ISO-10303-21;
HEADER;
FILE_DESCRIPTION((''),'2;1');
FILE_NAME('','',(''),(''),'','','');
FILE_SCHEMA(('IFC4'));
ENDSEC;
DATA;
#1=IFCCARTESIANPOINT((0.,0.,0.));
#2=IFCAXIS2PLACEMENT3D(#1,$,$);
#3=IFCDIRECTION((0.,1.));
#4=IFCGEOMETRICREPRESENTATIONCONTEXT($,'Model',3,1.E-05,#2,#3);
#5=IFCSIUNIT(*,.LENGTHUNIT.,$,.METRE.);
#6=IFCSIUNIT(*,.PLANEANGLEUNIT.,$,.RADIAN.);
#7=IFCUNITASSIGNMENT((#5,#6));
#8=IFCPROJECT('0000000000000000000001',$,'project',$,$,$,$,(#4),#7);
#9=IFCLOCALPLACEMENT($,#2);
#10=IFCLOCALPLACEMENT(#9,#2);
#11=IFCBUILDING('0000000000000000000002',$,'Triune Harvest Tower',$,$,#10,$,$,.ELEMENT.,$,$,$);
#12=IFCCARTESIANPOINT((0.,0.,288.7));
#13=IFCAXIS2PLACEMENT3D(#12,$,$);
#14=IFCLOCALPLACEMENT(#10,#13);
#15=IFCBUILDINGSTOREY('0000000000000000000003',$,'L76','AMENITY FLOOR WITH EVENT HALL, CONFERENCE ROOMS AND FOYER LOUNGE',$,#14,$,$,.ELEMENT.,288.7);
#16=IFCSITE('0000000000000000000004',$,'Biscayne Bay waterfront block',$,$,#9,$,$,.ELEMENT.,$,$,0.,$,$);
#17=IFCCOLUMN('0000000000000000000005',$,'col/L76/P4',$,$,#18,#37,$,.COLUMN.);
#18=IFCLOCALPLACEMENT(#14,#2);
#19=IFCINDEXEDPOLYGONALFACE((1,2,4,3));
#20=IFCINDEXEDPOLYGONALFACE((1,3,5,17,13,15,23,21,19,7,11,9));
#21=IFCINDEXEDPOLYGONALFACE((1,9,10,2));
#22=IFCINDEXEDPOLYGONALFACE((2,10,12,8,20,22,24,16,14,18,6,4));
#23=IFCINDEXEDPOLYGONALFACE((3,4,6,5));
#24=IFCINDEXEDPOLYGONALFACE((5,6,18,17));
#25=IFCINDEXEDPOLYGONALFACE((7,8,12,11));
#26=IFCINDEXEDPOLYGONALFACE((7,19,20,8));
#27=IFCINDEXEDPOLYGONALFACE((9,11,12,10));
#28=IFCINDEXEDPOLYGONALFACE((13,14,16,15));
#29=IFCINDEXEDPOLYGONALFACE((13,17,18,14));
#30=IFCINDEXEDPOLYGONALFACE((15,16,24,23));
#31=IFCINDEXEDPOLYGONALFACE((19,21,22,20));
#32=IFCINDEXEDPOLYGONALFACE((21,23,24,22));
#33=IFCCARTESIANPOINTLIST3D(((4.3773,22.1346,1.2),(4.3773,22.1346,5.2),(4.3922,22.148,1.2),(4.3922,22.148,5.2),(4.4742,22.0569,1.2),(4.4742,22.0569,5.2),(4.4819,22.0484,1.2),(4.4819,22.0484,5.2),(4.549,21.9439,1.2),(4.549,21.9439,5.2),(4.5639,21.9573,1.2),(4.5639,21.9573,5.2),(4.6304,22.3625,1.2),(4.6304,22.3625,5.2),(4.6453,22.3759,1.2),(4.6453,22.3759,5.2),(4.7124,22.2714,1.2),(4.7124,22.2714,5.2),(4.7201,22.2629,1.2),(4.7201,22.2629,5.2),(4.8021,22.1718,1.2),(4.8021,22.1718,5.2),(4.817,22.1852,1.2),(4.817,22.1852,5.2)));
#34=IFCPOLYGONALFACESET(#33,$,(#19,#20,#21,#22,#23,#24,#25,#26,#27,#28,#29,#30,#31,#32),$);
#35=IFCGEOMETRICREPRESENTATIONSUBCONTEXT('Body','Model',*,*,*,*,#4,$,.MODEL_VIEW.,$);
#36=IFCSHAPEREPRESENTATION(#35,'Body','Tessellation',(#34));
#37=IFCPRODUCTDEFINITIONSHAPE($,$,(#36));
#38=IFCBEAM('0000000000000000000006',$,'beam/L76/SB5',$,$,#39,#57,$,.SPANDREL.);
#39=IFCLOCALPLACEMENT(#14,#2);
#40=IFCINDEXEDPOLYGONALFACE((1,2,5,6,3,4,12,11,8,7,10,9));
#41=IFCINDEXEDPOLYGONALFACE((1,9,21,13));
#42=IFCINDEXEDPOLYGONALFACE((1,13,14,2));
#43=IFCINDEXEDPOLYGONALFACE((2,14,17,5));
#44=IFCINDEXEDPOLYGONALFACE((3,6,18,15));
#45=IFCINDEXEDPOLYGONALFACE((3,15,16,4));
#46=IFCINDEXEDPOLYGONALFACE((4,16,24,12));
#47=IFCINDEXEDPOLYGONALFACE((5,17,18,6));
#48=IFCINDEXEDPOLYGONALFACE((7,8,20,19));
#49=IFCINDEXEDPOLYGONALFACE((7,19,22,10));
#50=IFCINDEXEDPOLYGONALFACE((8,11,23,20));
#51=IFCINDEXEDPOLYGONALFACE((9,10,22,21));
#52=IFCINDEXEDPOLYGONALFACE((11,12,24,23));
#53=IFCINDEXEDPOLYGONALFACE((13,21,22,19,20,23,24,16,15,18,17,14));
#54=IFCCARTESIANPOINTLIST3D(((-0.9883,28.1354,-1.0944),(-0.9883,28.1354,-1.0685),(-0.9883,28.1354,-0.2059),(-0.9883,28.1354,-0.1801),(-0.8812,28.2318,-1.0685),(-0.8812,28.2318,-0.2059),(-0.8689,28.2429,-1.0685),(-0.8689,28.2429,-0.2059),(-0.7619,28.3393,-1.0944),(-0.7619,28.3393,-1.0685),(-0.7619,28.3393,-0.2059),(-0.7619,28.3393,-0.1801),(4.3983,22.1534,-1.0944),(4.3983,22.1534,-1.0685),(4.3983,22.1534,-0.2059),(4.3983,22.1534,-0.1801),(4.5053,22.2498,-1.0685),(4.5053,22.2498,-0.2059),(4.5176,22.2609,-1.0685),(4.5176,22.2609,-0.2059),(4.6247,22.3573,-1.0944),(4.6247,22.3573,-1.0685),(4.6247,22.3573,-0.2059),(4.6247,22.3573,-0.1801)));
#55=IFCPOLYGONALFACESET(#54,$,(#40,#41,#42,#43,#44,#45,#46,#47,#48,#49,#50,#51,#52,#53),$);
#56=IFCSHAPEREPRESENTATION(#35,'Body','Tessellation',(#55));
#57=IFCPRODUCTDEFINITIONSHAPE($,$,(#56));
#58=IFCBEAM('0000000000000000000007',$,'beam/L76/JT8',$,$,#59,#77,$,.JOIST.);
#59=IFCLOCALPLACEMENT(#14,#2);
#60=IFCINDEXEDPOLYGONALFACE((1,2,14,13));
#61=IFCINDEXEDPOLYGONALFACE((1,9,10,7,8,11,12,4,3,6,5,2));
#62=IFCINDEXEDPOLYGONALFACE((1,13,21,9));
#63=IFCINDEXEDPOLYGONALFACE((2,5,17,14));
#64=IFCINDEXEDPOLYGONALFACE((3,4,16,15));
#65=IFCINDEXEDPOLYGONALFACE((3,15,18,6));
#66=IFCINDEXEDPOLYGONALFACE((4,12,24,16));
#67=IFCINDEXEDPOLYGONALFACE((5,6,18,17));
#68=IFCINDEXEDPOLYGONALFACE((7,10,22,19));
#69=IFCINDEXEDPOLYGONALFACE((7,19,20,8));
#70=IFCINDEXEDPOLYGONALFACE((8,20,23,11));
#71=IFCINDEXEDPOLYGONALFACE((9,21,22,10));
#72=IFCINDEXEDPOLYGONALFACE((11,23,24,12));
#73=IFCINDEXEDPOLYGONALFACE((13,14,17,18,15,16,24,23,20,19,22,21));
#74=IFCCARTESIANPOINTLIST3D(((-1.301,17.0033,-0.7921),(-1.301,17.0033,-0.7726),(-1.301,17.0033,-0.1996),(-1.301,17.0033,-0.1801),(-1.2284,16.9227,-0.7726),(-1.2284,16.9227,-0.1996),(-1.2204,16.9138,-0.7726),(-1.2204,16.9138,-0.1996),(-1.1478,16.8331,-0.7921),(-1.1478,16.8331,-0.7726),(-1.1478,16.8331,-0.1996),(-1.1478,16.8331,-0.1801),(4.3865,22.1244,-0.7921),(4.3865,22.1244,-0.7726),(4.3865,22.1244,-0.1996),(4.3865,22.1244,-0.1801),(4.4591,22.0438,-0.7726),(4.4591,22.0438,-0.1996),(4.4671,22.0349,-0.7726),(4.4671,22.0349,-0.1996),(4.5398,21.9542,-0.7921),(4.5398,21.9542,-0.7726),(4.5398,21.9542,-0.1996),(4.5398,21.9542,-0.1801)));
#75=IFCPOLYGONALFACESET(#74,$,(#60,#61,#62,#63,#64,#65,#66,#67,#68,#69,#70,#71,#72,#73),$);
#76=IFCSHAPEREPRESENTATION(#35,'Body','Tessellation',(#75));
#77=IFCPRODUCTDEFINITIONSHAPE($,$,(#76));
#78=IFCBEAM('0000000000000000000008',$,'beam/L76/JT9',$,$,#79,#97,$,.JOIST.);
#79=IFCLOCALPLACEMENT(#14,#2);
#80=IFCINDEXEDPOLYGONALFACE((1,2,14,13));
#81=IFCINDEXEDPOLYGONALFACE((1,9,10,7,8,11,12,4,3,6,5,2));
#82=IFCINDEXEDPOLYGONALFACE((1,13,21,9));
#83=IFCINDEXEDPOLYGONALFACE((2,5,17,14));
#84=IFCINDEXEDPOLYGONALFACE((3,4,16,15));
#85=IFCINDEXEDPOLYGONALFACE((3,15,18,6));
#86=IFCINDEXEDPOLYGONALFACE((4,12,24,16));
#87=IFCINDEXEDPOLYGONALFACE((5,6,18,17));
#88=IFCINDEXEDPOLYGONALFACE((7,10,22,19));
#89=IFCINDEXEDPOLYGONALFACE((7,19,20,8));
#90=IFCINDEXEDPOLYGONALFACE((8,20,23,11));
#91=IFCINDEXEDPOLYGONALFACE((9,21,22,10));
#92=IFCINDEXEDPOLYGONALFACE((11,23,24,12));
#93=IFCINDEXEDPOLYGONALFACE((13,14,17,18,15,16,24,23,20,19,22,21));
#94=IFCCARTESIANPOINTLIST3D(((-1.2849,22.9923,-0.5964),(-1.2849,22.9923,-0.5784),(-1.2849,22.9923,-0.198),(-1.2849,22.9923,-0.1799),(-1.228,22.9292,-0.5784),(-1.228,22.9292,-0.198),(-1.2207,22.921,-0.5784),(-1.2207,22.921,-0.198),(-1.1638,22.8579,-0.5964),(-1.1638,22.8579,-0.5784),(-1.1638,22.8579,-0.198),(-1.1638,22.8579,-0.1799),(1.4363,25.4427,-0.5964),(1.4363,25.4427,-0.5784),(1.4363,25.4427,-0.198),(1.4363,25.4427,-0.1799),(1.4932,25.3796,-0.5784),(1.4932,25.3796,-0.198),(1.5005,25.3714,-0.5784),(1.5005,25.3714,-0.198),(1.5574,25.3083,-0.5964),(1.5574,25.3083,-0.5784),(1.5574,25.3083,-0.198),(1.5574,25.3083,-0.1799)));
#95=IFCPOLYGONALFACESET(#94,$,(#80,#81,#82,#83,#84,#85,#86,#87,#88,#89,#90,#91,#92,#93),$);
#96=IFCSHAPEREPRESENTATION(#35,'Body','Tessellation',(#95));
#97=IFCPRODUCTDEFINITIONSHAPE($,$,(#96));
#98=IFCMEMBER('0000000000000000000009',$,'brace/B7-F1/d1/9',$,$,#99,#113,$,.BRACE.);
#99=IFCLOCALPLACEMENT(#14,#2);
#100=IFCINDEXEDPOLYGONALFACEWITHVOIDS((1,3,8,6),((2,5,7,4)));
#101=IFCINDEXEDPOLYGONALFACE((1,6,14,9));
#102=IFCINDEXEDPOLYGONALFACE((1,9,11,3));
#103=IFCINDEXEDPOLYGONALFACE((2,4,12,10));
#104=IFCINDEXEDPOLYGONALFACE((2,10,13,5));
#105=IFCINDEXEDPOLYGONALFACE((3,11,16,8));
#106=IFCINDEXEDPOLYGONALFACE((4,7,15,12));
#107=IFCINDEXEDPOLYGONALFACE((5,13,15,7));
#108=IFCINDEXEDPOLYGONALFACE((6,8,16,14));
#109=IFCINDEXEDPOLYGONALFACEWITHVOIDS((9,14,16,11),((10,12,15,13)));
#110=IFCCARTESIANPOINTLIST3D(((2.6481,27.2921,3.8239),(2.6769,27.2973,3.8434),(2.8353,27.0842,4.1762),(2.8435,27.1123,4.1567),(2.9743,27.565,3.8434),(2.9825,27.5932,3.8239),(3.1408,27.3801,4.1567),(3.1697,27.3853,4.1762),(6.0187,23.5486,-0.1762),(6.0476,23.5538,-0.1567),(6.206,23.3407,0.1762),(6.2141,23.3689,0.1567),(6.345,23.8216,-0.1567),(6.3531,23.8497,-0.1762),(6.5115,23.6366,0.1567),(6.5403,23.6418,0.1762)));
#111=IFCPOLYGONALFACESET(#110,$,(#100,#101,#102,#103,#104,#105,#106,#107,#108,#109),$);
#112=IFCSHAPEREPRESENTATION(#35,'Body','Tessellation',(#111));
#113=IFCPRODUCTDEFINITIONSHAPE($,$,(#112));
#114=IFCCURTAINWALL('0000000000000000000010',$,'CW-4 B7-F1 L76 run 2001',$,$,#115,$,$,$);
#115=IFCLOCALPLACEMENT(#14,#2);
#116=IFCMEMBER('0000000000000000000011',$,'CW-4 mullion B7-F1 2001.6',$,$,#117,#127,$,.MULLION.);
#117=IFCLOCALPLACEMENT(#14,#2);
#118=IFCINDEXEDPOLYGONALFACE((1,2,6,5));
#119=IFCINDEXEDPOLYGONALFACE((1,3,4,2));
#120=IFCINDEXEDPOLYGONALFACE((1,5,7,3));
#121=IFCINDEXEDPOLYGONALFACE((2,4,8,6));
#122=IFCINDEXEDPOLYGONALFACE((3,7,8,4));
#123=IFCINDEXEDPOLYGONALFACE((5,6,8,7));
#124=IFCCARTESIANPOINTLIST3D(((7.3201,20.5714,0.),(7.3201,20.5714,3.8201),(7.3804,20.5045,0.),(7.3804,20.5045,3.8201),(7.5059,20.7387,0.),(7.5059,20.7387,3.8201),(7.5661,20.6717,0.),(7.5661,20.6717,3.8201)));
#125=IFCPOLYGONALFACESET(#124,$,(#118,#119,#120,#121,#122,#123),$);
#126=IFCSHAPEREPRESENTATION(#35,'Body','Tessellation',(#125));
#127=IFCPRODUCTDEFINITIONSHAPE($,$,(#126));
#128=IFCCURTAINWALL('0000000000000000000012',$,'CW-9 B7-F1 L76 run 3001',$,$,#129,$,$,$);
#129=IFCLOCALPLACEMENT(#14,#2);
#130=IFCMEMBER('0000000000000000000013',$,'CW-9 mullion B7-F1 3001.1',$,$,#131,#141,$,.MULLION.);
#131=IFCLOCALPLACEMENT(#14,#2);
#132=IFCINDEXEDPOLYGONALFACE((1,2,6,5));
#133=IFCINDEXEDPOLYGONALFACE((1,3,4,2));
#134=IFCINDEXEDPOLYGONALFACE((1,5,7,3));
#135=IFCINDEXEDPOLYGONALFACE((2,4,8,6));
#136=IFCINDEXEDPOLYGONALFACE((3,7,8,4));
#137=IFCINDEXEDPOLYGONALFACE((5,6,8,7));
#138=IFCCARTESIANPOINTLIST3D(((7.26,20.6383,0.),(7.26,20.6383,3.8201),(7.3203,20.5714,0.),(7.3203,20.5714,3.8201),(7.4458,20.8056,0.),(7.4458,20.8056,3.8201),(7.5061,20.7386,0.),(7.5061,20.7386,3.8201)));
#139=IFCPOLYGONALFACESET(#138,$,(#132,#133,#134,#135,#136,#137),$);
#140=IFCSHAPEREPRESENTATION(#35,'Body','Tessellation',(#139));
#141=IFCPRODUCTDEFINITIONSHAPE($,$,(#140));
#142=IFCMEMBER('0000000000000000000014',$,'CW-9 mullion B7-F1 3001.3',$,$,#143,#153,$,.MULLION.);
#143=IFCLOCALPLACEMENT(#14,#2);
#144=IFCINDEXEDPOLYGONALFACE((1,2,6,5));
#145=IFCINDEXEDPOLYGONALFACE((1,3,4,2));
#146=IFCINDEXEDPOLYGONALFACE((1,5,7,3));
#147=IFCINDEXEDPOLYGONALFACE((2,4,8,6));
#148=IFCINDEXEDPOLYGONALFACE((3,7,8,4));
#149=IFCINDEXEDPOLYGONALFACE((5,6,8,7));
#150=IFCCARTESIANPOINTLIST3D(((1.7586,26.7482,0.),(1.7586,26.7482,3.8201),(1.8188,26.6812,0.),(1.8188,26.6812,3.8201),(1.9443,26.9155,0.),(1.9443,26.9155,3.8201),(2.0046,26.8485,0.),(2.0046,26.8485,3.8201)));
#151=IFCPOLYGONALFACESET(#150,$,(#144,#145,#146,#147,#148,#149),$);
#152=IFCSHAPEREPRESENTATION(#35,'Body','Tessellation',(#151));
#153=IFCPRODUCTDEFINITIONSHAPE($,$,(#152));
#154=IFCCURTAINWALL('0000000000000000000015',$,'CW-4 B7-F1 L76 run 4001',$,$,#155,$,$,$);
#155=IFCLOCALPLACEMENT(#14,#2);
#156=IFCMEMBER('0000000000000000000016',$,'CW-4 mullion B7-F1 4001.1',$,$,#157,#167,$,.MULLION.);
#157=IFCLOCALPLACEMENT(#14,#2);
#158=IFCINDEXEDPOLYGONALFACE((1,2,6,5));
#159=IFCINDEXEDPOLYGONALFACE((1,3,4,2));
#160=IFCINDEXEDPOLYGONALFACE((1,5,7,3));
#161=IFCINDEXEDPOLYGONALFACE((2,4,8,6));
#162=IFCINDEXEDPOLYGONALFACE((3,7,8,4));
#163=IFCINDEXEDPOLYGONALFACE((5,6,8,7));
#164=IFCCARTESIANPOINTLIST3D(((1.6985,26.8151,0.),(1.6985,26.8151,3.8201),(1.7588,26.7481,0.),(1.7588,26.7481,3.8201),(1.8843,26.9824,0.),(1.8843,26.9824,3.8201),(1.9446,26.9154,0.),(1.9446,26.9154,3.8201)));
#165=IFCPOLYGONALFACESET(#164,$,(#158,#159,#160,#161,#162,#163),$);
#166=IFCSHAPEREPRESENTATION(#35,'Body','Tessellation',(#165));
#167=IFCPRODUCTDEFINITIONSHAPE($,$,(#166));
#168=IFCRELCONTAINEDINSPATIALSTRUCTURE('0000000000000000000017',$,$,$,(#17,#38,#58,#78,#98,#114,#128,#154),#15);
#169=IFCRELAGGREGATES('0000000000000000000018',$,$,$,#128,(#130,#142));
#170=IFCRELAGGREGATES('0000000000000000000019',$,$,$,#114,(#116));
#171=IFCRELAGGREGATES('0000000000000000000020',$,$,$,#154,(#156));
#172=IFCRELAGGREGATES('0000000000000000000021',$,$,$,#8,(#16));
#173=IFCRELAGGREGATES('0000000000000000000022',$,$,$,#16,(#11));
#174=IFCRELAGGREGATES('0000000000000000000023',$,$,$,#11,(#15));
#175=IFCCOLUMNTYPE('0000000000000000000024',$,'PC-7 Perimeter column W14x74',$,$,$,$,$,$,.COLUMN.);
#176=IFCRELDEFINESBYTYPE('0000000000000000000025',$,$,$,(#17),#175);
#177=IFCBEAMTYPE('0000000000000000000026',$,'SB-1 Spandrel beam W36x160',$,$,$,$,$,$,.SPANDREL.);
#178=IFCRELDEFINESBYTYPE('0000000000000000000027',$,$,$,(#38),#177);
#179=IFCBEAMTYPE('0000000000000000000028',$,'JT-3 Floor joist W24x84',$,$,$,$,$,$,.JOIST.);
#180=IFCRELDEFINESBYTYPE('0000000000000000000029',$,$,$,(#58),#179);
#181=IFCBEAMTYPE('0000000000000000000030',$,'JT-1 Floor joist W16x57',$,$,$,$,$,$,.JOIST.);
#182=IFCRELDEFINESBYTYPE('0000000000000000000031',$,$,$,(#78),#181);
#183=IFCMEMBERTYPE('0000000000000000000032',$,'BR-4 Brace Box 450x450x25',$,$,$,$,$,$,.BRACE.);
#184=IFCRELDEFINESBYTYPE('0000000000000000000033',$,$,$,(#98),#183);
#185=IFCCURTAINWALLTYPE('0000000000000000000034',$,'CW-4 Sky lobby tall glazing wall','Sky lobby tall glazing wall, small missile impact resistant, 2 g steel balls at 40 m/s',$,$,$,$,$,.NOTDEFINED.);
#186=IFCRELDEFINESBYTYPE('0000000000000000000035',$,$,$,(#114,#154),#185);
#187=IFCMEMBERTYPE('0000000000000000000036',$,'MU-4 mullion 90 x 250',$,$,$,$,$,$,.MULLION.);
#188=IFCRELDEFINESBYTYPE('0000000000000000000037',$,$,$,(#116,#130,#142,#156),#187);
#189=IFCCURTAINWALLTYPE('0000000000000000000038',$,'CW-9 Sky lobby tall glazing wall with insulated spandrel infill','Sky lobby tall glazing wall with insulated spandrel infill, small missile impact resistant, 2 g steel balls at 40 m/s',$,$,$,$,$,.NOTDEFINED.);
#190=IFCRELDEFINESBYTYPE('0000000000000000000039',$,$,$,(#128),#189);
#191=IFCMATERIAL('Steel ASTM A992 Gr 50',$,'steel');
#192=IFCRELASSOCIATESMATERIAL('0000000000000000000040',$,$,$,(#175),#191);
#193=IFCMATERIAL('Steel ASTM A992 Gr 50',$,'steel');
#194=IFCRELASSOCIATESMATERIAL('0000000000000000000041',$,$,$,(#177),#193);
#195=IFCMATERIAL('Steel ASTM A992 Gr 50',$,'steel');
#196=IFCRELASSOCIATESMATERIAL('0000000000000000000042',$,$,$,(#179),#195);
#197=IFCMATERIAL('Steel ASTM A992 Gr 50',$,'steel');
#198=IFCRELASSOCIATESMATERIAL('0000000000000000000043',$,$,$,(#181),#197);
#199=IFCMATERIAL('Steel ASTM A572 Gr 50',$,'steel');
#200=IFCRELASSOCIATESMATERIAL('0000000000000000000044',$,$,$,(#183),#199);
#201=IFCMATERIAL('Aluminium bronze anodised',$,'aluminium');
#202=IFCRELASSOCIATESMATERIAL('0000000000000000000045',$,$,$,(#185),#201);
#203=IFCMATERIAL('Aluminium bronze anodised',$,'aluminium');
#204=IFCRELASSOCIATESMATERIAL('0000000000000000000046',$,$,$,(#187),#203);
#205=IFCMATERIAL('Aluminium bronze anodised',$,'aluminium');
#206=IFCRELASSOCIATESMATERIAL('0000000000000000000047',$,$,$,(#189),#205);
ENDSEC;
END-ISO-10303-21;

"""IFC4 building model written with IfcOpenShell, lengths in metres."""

from ifc_helpers import new_model, si_unit, direction, frame, origin, origin_2d, place, context, subcontext, project, spatial, rectangle, hollow_rectangle, i_section, extrude, source, transform, mapped, material, material_profile, profile_set, type_object, element, aggregate, save


model = new_model("IFC4")

# Units and contexts
model_context = context("Model", 3, precision=1e-05, world=origin(), true_north=direction((0.0, 1.0)))
body_context = subcontext(model_context, "Body", "Model", "MODEL_VIEW")
ifc_project = project(units=[si_unit("LENGTHUNIT", "METRE"), si_unit("PLANEANGLEUNIT", "RADIAN")], contexts=[model_context])

# Site, building, storey
site_placement = place(None, origin())
site = spatial("IfcSite", under=ifc_project, at=site_placement, Name="Biscayne Bay waterfront block", CompositionType="ELEMENT", RefElevation=0.0)
building_placement = place(site_placement, origin())
building = spatial("IfcBuilding", under=site, at=building_placement, Name="Triune Harvest Tower", CompositionType="ELEMENT")
storey_placement = place(building_placement, frame((0.0, 0.0, 288.7)))
storey = spatial("IfcBuildingStorey", under=building, at=storey_placement, Name="L76", Description="AMENITY FLOOR WITH EVENT HALL, CONFERENCE ROOMS AND FOYER LOUNGE", CompositionType="ELEMENT", Elevation=288.7)

# Column
ifc_material_1 = material(Name="Steel ASTM A992 Gr 50", Category="steel")
ifc_material_profile_1 = material_profile(ifc_material_1, i_section(OverallWidth=0.2566, OverallDepth=0.3606, WebThickness=0.0115, FlangeThickness=0.02, at=origin_2d()), Name="W14x74")
ifc_profile_set_1 = profile_set([ifc_material_profile_1], Name="Steel ASTM A992 Gr 50")
column_type = type_object("IfcColumnType", Name="PC-7 Perimeter column W14x74", PredefinedType="COLUMN", material=ifc_profile_set_1)
shared_shape_1 = source(origin(), body_context, "Body", "SweptSolid", [
    extrude(i_section(OverallWidth=0.2566, OverallDepth=0.3606, WebThickness=0.0115, FlangeThickness=0.02, at=origin_2d()), origin(), (0.0, 0.0, 1.0), 4.0),
])
column_placement = place(storey_placement, frame((4.5972, 22.1599, 1.2), z_axis=(0.0, 0.0, 1.0), x_axis=(-0.669131, 0.743145, 0.0)))
element("IfcColumn", 1, at=column_placement, inside=storey, type_object=column_type, Name="col/L76/P4", PredefinedType="COLUMN", context=body_context, shape_type="MappedRepresentation", body=[
    mapped(shared_shape_1, transform((0.0, 0.0, 0.0), scale=1.0)),
])

# Beams
ifc_material_2 = material(Name="Steel ASTM A992 Gr 50", Category="steel")
ifc_material_profile_2 = material_profile(ifc_material_2, i_section(OverallWidth=0.3047, OverallDepth=0.9143, WebThickness=0.0166, FlangeThickness=0.0259, at=origin_2d()), Name="W36x160")
ifc_profile_set_2 = profile_set([ifc_material_profile_2], Name="Steel ASTM A992 Gr 50")
beam_type_1 = type_object("IfcBeamType", Name="SB-1 Spandrel beam W36x160", PredefinedType="SPANDREL", material=ifc_profile_set_2)
shared_shape_2 = source(origin(), body_context, "Body", "SweptSolid", [
    extrude(i_section(OverallWidth=0.3047, OverallDepth=0.9143, WebThickness=0.0166, FlangeThickness=0.0259, at=origin_2d()), origin(), (0.0, 0.0, 1.0), 8.0498),
])
beam_1_placement = place(storey_placement, frame((4.5115, 22.2554, -0.6372), z_axis=(-0.669152, 0.743125, 0.0), x_axis=(-0.743125, -0.669152, 0.0)))
element("IfcBeam", 2, at=beam_1_placement, inside=storey, type_object=beam_type_1, Name="beam/L76/SB5", PredefinedType="SPANDREL", context=body_context, shape_type="MappedRepresentation", body=[
    mapped(shared_shape_2, transform((0.0, 0.0, 0.0), scale=1.0)),
])
ifc_material_3 = material(Name="Steel ASTM A992 Gr 50", Category="steel")
ifc_material_profile_3 = material_profile(ifc_material_3, i_section(OverallWidth=0.229, OverallDepth=0.6121, WebThickness=0.012, FlangeThickness=0.0195, at=origin_2d()), Name="W24x84")
ifc_profile_set_3 = profile_set([ifc_material_profile_3], Name="Steel ASTM A992 Gr 50")
beam_type_2 = type_object("IfcBeamType", Name="JT-3 Floor joist W24x84", PredefinedType="JOIST", material=ifc_profile_set_3)
shared_shape_3 = source(origin(), body_context, "Body", "SweptSolid", [
    extrude(i_section(OverallWidth=0.229, OverallDepth=0.6121, WebThickness=0.012, FlangeThickness=0.0195, at=origin_2d()), origin(), (0.0, 0.0, 1.0), 7.6533),
])
beam_2_placement = place(storey_placement, frame((4.4631, 22.0393, -0.4861), z_axis=(-0.743142, -0.669134, 0.0), x_axis=(0.669134, -0.743142, 0.0)))
element("IfcBeam", 3, at=beam_2_placement, inside=storey, type_object=beam_type_2, Name="beam/L76/JT8", PredefinedType="JOIST", context=body_context, shape_type="MappedRepresentation", body=[
    mapped(shared_shape_3, transform((0.0, 0.0, 0.0), scale=1.0)),
])
ifc_material_4 = material(Name="Steel ASTM A992 Gr 50", Category="steel")
ifc_material_profile_4 = material_profile(ifc_material_4, i_section(OverallWidth=0.1809, OverallDepth=0.4165, WebThickness=0.011, FlangeThickness=0.0181, at=origin_2d()), Name="W16x57")
ifc_profile_set_4 = profile_set([ifc_material_profile_4], Name="Steel ASTM A992 Gr 50")
beam_type_3 = type_object("IfcBeamType", Name="JT-1 Floor joist W16x57", PredefinedType="JOIST", material=ifc_profile_set_4)
shared_shape_4 = source(origin(), body_context, "Body", "SweptSolid", [
    extrude(i_section(OverallWidth=0.1809, OverallDepth=0.4165, WebThickness=0.011, FlangeThickness=0.0181, at=origin_2d()), origin(), (0.0, 0.0, 1.0), 3.6619),
])
beam_3_placement = place(storey_placement, frame((1.4968, 25.3755, -0.3882), z_axis=(-0.743108, -0.669171, 0.0), x_axis=(0.669171, -0.743108, 0.0)))
element("IfcBeam", 4, at=beam_3_placement, inside=storey, type_object=beam_type_3, Name="beam/L76/JT9", PredefinedType="JOIST", context=body_context, shape_type="MappedRepresentation", body=[
    mapped(shared_shape_4, transform((0.0, 0.0, 0.0), scale=1.0)),
])

# Member
ifc_material_5 = material(Name="Steel ASTM A572 Gr 50", Category="steel")
ifc_material_profile_5 = material_profile(ifc_material_5, hollow_rectangle(XDim=0.45, YDim=0.45, WallThickness=0.0249, at=origin_2d()), Name="Box 450x450x25")
ifc_profile_set_5 = profile_set([ifc_material_profile_5], Name="Steel ASTM A572 Gr 50")
member_type_1 = type_object("IfcMemberType", Name="BR-4 Brace Box 450x450x25", PredefinedType="BRACE", material=ifc_profile_set_5)
shared_shape_5 = source(origin(), body_context, "Body", "SweptSolid", [
    extrude(hollow_rectangle(XDim=0.45, YDim=0.45, WallThickness=0.0249, at=origin_2d()), origin(), (0.0, 0.0, 1.0), 6.4324),
])
member_1_placement = place(storey_placement, frame((6.2795, 23.5952, 0.0), z_axis=(-0.524015, 0.581973, 0.621865), x_axis=(-0.743142, -0.669133, 0.0)))
element("IfcMember", 5, at=member_1_placement, inside=storey, type_object=member_type_1, Name="brace/B7-F1/d1/9", PredefinedType="BRACE", context=body_context, shape_type="MappedRepresentation", body=[
    mapped(shared_shape_5, transform((0.0, 0.0, 0.0), scale=1.0)),
])

# Curtain wall, member
ifc_material_6 = material(Name="Aluminium bronze anodised", Category="aluminium")
curtain_wall_type_1 = type_object("IfcCurtainWallType", Name="CW-4 Sky lobby tall glazing wall", Description="Sky lobby tall glazing wall, small missile impact resistant, 2 g steel balls at 40 m/s", PredefinedType="NOTDEFINED", material=ifc_material_6)
curtain_wall_1_placement = place(storey_placement, origin())
curtain_wall_1 = element("IfcCurtainWall", 6, at=curtain_wall_1_placement, inside=storey, type_object=curtain_wall_type_1, Name="CW-4 B7-F1 L76 run 2001")
ifc_material_7 = material(Name="Aluminium bronze anodised", Category="aluminium")
ifc_material_profile_6 = material_profile(ifc_material_7, rectangle(XDim=0.25, YDim=0.0901, at=origin_2d()), Name="MU-4 mullion 90 x 250")
ifc_profile_set_6 = profile_set([ifc_material_profile_6], Name="Aluminium bronze anodised")
member_type_2 = type_object("IfcMemberType", Name="MU-4 mullion 90 x 250", PredefinedType="MULLION", material=ifc_profile_set_6)
shared_shape_6 = source(origin(), body_context, "Body", "SweptSolid", [
    extrude(rectangle(XDim=0.25, YDim=0.0901, at=origin_2d()), origin(), (0.0, 0.0, 1.0), 3.8201),
])
member_2_placement = place(storey_placement, frame((7.4431, 20.6216, 0.0), z_axis=(0.0, 0.0, 1.0), x_axis=(-0.743144, -0.669131, 0.0)))
member_2 = element("IfcMember", 7, at=member_2_placement, type_object=member_type_2, Name="CW-4 mullion B7-F1 2001.6", PredefinedType="MULLION", context=body_context, shape_type="MappedRepresentation", body=[
    mapped(shared_shape_6, transform((0.0, 0.0, 0.0), scale=1.0)),
])

# Curtain walls, members
ifc_material_8 = material(Name="Aluminium bronze anodised", Category="aluminium")
curtain_wall_type_2 = type_object("IfcCurtainWallType", Name="CW-9 Sky lobby tall glazing wall with insulated spandrel infill", Description="Sky lobby tall glazing wall with insulated spandrel infill, small missile impact resistant, 2 g steel balls at 40 m/s", PredefinedType="NOTDEFINED", material=ifc_material_8)
curtain_wall_2_placement = place(storey_placement, origin())
curtain_wall_2 = element("IfcCurtainWall", 8, at=curtain_wall_2_placement, inside=storey, type_object=curtain_wall_type_2, Name="CW-9 B7-F1 L76 run 3001")
member_3_placement = place(storey_placement, frame((7.3831, 20.6885, 0.0), z_axis=(0.0, 0.0, 1.0), x_axis=(-0.743146, -0.669129, 0.0)))
member_3 = element("IfcMember", 9, at=member_3_placement, type_object=member_type_2, Name="CW-9 mullion B7-F1 3001.1", PredefinedType="MULLION", context=body_context, shape_type="MappedRepresentation", body=[
    mapped(shared_shape_6, transform((0.0, 0.0, 0.0), scale=1.0)),
])
member_4_placement = place(storey_placement, frame((1.8816, 26.7983, 0.0), z_axis=(0.0, 0.0, 1.0), x_axis=(-0.743146, -0.669129, 0.0)))
member_4 = element("IfcMember", 10, at=member_4_placement, type_object=member_type_2, Name="CW-9 mullion B7-F1 3001.3", PredefinedType="MULLION", context=body_context, shape_type="MappedRepresentation", body=[
    mapped(shared_shape_6, transform((0.0, 0.0, 0.0), scale=1.0)),
])
curtain_wall_3_placement = place(storey_placement, origin())
curtain_wall_3 = element("IfcCurtainWall", 11, at=curtain_wall_3_placement, inside=storey, type_object=curtain_wall_type_1, Name="CW-4 B7-F1 L76 run 4001")
member_5_placement = place(storey_placement, frame((1.8215, 26.8652, 0.0), z_axis=(0.0, 0.0, 1.0), x_axis=(-0.743139, -0.669137, 0.0)))
member_5 = element("IfcMember", 12, at=member_5_placement, type_object=member_type_2, Name="CW-4 mullion B7-F1 4001.1", PredefinedType="MULLION", context=body_context, shape_type="MappedRepresentation", body=[
    mapped(shared_shape_6, transform((0.0, 0.0, 0.0), scale=1.0)),
])

aggregate(curtain_wall_2, [member_3, member_4])
aggregate(curtain_wall_1, [member_2])
aggregate(curtain_wall_3, [member_5])

save(model, "model.ifc")
